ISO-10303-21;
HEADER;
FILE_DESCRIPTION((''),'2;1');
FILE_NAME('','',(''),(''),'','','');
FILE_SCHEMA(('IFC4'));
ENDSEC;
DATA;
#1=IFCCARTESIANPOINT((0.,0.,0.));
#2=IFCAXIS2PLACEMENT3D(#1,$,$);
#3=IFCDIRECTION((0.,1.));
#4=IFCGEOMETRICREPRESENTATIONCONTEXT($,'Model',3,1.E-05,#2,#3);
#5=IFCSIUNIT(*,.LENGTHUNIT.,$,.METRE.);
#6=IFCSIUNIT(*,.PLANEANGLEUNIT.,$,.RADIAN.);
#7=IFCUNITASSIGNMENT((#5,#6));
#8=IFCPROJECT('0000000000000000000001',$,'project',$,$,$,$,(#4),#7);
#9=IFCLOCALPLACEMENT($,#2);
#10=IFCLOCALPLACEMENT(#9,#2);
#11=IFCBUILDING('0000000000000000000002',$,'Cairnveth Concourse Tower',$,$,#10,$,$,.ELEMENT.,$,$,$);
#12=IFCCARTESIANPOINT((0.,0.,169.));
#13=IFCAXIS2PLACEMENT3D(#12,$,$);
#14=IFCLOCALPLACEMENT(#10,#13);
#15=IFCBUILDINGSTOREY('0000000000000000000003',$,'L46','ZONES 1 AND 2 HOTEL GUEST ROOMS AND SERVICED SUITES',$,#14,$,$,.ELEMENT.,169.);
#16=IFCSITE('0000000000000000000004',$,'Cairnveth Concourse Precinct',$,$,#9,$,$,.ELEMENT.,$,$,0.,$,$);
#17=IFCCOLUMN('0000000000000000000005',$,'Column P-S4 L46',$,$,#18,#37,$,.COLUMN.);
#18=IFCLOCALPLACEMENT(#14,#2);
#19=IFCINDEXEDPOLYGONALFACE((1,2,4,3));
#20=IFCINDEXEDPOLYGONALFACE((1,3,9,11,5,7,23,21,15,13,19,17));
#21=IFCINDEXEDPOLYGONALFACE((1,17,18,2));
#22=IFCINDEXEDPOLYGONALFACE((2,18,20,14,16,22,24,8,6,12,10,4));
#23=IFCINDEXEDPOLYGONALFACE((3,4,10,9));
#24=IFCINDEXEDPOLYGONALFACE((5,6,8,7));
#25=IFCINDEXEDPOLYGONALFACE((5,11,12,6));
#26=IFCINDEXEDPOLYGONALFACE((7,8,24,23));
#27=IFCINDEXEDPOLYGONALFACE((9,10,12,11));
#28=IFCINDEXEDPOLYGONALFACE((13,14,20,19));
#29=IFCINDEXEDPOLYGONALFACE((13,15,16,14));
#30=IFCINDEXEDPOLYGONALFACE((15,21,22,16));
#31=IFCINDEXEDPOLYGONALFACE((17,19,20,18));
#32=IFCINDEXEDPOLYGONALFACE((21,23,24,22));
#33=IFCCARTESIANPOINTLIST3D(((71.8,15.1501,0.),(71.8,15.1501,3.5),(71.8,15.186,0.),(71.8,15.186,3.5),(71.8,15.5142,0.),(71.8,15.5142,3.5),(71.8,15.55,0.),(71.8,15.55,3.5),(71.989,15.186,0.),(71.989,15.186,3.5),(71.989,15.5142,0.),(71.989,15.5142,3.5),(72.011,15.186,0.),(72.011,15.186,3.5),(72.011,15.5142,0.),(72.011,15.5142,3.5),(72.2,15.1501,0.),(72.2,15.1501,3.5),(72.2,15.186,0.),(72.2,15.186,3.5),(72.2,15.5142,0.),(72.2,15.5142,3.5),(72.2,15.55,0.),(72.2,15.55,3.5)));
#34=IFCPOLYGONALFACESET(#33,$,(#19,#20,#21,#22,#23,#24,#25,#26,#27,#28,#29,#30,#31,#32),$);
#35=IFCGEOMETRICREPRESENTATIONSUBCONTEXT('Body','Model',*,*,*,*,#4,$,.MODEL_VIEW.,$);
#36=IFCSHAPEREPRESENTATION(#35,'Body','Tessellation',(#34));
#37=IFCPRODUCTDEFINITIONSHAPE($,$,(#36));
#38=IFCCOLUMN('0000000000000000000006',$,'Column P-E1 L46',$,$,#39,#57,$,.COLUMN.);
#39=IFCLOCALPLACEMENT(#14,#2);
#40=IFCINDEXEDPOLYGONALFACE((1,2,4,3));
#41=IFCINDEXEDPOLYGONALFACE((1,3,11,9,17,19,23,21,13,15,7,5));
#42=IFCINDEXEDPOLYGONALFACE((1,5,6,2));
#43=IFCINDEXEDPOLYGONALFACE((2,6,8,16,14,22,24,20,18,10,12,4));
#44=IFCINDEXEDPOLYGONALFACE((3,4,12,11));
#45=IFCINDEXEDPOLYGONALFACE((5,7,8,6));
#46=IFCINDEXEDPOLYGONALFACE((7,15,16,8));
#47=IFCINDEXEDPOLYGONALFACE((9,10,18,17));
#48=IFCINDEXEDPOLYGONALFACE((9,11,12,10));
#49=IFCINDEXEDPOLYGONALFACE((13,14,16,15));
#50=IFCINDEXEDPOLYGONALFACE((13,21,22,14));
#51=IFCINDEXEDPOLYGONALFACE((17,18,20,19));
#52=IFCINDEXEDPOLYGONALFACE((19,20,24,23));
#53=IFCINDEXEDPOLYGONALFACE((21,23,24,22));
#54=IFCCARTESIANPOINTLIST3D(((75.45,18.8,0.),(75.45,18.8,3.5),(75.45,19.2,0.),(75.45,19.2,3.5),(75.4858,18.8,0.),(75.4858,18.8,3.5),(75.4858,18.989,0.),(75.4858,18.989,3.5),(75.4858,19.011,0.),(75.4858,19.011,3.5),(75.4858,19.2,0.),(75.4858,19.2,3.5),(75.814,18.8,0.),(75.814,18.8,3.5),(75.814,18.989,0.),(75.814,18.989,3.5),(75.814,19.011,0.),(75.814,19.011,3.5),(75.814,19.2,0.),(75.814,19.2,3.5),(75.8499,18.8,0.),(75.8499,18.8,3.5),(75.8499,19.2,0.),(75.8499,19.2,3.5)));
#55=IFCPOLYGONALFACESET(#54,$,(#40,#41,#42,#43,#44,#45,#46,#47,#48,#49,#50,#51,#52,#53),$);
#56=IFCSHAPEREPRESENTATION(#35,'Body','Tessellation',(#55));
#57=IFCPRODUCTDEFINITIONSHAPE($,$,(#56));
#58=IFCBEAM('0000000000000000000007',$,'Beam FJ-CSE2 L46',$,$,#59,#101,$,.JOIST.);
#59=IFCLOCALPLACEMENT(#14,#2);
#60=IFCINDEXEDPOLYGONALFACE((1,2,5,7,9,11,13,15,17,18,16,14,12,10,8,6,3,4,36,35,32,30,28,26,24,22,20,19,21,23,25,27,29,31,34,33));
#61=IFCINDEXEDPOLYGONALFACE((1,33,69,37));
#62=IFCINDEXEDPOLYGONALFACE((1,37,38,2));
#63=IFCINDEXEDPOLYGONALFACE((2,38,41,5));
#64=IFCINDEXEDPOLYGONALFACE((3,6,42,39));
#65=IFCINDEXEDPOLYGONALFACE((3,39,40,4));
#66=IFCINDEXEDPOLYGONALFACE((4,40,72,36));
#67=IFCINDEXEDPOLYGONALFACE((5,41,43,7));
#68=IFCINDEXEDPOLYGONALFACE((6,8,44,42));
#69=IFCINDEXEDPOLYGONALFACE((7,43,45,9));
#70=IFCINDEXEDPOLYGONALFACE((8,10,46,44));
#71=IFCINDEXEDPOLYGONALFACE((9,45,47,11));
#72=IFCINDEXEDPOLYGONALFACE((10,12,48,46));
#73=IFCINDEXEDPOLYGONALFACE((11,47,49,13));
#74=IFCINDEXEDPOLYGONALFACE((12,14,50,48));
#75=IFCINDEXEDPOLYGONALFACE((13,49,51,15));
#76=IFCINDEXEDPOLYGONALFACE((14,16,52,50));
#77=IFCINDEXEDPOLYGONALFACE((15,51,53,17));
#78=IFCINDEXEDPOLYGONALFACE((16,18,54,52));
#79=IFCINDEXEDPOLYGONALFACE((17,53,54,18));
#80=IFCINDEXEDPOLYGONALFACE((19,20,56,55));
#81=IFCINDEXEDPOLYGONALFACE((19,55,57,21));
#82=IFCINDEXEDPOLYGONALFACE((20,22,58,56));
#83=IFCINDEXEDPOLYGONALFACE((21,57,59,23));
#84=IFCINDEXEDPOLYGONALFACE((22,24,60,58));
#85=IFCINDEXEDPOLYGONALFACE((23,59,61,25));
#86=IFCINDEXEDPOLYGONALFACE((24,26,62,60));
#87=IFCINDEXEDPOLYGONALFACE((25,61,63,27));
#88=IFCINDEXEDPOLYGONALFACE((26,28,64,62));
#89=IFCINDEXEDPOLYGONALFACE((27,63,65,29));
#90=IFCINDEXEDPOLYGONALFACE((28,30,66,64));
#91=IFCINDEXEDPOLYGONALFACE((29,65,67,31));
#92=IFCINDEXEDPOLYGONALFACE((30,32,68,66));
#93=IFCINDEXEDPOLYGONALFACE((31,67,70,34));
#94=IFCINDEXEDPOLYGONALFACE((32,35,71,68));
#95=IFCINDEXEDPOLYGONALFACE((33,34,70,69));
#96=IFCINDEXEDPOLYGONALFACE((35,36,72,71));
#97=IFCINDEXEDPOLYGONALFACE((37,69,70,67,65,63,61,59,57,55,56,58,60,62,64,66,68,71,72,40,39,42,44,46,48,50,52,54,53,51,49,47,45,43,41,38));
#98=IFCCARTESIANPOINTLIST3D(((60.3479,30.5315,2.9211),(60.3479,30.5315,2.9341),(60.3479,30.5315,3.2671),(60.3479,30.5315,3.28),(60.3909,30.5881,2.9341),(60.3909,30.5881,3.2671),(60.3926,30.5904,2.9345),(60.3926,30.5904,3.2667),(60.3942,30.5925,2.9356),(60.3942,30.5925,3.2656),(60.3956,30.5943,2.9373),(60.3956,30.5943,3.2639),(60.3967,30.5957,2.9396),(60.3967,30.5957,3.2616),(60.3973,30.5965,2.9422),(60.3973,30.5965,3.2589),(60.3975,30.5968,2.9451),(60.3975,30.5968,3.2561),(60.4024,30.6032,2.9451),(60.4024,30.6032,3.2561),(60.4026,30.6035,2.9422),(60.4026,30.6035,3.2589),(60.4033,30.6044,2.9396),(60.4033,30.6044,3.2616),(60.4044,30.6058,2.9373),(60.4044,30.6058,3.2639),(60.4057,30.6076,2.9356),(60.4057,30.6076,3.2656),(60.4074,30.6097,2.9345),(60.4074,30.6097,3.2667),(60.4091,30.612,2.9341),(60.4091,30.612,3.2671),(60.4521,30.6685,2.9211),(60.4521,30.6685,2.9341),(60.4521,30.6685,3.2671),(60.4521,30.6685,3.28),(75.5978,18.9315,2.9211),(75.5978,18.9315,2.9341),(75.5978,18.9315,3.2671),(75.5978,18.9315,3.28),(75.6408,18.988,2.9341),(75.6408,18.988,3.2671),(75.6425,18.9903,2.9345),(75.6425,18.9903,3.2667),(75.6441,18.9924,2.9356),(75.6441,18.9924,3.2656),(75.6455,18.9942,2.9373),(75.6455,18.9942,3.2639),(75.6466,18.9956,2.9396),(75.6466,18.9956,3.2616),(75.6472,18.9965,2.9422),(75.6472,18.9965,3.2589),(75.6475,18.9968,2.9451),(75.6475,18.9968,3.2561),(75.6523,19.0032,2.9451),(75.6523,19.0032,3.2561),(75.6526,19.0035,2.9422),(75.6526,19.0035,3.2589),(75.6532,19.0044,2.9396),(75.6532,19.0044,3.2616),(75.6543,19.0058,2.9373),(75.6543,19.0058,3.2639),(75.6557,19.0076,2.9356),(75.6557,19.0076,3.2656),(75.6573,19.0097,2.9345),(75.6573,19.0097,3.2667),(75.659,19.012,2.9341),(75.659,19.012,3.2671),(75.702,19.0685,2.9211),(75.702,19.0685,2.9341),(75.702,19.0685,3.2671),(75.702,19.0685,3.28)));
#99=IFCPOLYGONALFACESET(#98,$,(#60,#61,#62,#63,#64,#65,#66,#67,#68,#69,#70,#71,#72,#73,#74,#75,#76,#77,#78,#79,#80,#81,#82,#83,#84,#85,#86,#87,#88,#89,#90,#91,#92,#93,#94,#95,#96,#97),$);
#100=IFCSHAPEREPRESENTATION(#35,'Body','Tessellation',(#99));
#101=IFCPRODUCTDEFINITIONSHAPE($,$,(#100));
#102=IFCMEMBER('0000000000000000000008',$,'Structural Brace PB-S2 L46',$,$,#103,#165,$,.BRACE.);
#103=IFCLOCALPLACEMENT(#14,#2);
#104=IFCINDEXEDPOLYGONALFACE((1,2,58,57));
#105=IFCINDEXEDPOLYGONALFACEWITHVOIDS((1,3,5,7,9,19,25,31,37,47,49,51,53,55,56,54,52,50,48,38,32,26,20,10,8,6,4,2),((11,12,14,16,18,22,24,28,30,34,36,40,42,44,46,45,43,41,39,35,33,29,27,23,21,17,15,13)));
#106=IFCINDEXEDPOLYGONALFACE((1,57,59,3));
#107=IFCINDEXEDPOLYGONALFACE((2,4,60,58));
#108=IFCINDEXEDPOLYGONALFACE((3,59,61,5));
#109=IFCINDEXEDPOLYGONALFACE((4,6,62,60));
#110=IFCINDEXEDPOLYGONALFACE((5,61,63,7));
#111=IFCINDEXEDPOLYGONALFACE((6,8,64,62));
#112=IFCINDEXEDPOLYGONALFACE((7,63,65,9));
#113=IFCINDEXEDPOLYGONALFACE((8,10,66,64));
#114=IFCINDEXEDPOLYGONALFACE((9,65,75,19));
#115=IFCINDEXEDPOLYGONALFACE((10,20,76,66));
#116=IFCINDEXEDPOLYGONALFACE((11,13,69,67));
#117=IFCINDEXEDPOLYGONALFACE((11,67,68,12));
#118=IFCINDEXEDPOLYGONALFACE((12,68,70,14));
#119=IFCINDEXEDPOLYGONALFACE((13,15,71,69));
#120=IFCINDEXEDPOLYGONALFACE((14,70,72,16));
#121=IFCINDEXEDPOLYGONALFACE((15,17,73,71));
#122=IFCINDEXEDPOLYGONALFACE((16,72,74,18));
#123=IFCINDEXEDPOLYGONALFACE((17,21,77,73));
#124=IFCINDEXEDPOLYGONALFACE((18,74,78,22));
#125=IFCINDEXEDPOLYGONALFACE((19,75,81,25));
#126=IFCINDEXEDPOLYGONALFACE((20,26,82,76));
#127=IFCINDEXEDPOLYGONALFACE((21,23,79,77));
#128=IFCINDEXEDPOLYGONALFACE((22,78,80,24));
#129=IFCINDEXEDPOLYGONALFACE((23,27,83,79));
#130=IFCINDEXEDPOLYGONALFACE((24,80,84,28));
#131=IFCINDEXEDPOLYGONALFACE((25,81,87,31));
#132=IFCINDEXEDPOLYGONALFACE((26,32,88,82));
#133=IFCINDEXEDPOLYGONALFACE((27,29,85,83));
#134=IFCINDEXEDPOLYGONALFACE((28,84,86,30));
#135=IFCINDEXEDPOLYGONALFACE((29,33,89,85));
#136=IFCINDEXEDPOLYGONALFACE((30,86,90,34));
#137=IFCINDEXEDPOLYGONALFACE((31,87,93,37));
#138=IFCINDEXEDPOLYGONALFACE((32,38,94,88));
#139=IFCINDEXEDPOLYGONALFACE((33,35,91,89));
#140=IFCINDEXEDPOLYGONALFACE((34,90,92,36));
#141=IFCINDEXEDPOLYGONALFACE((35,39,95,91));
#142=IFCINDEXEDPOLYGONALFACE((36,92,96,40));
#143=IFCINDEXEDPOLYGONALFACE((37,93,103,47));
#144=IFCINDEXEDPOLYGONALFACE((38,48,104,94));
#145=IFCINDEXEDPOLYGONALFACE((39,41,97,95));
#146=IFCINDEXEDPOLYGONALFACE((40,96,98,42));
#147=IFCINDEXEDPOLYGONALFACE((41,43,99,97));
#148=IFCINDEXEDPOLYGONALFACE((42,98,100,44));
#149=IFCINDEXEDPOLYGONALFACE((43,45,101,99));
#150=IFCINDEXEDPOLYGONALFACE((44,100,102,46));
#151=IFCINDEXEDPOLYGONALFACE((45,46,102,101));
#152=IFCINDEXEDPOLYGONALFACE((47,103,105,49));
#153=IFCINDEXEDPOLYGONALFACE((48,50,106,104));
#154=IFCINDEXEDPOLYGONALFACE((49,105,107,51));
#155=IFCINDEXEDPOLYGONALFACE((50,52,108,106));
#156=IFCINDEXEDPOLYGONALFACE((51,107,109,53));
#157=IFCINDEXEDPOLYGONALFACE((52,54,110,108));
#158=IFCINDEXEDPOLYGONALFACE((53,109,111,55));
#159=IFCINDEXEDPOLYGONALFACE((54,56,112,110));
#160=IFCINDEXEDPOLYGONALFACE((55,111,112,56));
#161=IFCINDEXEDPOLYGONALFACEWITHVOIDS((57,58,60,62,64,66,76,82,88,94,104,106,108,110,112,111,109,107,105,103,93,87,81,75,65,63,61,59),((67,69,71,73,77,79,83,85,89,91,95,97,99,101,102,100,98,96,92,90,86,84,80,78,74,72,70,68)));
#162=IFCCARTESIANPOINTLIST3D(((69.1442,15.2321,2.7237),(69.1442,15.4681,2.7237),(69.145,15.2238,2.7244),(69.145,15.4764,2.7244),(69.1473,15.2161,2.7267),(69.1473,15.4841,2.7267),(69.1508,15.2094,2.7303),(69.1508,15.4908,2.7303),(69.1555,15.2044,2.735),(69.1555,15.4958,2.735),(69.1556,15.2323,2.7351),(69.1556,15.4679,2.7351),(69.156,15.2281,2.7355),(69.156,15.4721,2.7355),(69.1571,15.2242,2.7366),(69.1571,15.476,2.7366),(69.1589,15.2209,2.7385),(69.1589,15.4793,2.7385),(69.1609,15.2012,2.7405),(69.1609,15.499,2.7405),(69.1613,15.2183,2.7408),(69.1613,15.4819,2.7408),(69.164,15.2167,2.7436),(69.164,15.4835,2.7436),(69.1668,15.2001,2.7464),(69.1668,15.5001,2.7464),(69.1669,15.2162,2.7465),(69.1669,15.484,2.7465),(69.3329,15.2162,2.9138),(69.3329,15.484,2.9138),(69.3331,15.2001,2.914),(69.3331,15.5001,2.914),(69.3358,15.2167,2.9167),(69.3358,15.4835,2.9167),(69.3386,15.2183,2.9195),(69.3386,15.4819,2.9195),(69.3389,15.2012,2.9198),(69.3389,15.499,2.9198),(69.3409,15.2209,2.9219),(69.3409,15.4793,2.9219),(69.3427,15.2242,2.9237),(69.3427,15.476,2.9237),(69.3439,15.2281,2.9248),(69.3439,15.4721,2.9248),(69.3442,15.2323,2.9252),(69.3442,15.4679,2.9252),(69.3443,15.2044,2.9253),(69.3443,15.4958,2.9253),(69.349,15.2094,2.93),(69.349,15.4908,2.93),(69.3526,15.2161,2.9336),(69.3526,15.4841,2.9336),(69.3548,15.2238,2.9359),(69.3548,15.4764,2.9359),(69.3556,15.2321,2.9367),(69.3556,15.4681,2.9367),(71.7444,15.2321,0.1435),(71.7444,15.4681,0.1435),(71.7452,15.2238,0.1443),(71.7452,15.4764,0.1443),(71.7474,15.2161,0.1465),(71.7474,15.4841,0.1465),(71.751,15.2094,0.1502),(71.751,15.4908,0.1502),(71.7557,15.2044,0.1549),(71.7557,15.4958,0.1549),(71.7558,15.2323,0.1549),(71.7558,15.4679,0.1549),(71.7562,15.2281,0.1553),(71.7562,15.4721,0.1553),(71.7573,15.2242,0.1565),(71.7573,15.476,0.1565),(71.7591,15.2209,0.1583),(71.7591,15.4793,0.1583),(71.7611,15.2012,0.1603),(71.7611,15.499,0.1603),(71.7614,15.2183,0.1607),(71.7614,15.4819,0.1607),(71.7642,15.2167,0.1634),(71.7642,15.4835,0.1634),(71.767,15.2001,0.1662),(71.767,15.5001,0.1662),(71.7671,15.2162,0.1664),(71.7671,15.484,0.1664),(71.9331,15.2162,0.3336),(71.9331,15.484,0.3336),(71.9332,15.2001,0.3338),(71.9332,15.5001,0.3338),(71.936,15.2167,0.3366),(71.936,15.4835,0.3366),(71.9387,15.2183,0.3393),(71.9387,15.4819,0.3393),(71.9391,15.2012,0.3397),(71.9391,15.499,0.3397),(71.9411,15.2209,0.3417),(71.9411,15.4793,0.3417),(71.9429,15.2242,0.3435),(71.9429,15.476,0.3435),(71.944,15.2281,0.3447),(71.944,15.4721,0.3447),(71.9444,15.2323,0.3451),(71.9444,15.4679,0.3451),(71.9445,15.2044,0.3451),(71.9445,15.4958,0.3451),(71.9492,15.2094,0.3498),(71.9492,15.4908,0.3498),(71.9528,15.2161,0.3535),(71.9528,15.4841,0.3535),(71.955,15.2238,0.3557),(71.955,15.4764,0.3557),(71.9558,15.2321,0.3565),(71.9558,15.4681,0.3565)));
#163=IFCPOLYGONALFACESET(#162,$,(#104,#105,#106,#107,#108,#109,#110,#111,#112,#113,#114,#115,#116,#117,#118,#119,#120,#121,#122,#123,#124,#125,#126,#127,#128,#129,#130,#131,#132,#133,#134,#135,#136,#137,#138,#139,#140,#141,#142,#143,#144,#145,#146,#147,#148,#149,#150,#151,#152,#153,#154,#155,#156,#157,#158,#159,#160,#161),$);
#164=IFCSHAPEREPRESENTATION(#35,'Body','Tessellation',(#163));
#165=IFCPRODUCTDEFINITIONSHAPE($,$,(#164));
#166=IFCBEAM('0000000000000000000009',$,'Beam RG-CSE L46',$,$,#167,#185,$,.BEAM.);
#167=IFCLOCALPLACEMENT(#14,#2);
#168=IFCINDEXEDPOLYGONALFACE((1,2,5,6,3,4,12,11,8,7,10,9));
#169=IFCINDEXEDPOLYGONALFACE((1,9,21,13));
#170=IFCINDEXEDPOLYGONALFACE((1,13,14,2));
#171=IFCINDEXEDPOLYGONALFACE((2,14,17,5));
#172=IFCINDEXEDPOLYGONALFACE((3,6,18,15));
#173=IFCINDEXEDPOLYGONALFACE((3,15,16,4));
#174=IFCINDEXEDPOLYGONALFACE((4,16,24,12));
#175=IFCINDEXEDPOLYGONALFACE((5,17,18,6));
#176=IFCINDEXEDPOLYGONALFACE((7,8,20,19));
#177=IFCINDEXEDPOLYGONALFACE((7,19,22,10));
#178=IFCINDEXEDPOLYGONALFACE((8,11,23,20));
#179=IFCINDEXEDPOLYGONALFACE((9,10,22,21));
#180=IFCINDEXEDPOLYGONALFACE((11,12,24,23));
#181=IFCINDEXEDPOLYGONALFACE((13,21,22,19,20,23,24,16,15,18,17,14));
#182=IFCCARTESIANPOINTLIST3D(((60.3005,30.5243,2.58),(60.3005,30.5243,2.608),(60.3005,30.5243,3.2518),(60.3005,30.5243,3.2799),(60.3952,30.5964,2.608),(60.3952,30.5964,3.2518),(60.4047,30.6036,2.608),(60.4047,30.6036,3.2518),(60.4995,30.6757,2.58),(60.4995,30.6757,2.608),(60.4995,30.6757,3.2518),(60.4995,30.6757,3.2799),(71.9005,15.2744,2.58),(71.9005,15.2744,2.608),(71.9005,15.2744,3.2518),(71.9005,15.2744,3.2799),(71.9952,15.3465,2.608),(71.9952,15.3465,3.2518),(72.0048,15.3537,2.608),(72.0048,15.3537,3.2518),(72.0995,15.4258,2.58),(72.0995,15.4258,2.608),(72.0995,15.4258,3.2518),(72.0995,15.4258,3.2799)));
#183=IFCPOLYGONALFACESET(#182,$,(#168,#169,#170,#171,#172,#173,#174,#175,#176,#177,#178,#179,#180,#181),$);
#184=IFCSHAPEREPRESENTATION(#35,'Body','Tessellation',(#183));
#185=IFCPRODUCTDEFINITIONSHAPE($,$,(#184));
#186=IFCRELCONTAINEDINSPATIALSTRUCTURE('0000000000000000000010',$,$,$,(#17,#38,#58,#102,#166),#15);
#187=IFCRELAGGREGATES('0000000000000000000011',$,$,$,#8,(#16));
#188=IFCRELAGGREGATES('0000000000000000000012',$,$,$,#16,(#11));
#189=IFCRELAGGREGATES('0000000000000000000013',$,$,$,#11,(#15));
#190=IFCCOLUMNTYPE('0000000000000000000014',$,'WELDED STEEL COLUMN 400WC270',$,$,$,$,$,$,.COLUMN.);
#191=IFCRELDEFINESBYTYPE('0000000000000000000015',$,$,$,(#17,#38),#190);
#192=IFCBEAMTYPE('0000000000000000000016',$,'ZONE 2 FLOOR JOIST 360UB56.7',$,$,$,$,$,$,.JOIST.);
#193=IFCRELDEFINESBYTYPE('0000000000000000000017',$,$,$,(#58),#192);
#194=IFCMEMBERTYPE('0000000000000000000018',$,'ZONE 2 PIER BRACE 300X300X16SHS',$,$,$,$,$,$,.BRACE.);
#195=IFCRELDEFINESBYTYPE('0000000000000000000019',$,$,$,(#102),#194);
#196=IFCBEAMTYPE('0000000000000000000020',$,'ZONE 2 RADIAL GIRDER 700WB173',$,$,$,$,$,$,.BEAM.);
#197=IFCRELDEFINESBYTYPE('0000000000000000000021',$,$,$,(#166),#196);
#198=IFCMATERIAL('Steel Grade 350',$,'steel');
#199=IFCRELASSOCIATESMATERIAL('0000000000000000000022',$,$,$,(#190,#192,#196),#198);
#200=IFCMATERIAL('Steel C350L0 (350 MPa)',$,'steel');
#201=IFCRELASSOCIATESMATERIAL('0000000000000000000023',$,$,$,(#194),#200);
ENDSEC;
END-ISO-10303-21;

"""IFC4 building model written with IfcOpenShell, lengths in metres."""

from ifc_helpers import new_model, si_unit, direction, frame, origin, origin_2d, place, context, subcontext, project, spatial, hollow_rectangle, i_section, extrude, material, material_profile, profile_set, type_object, element, save


model = new_model("IFC4")

# Units and contexts
model_context = context("Model", 3, precision=1e-05, world=origin(), true_north=direction((0.0, 1.0)))
body_context = subcontext(model_context, "Body", "Model", "MODEL_VIEW")
ifc_project = project(units=[si_unit("LENGTHUNIT", "METRE"), si_unit("PLANEANGLEUNIT", "RADIAN")], contexts=[model_context])

# Site, building, storey
site_placement = place(None, origin())
site = spatial("IfcSite", under=ifc_project, at=site_placement, Name="Cairnveth Concourse Precinct", CompositionType="ELEMENT", RefElevation=0.0)
building_placement = place(site_placement, origin())
building = spatial("IfcBuilding", under=site, at=building_placement, Name="Cairnveth Concourse Tower", CompositionType="ELEMENT")
storey_placement = place(building_placement, frame((0.0, 0.0, 169.0)))
storey = spatial("IfcBuildingStorey", under=building, at=storey_placement, Name="L46", Description="ZONES 1 AND 2 HOTEL GUEST ROOMS AND SERVICED SUITES", CompositionType="ELEMENT", Elevation=169.0)

# Columns
ifc_material_1 = material(Name="Steel Grade 350", Category="steel")
ifc_material_profile_1 = material_profile(ifc_material_1, i_section(OverallWidth=0.3999, OverallDepth=0.3999, WebThickness=0.022, FlangeThickness=0.0359, at=origin_2d()), Name="400WC270")
ifc_profile_set_1 = profile_set([ifc_material_profile_1], Name="Steel Grade 350")
column_type = type_object("IfcColumnType", Name="WELDED STEEL COLUMN 400WC270", PredefinedType="COLUMN", material=ifc_profile_set_1)
for number, where, z_axis, x_axis, name in (
    (1, (72.0, 15.3501, 0.0), (0.0, 0.0, 1.0), (1.0, 0.0, 0.0), "Column P-S4 L46"),
    (2, (75.6499, 19.0, 0.0), (0.0, 0.0, 1.0), (0.0, 1.0, 0.0), "Column P-E1 L46"),
):
    element("IfcColumn", number, at=place(storey_placement, frame(where, z_axis=z_axis, x_axis=x_axis)), inside=storey, type_object=column_type, Name=name, PredefinedType="COLUMN", context=body_context, shape_type="SweptSolid", body=[
        extrude(i_section(OverallWidth=0.3999, OverallDepth=0.3999, WebThickness=0.022, FlangeThickness=0.0359, at=origin_2d()), origin(), (0.0, 0.0, 1.0), 3.5),
    ])

# Beam
ifc_material_profile_2 = material_profile(ifc_material_1, i_section(OverallWidth=0.1721, OverallDepth=0.3589, WebThickness=0.0081, FlangeThickness=0.0129, FilletRadius=0.011, at=origin_2d()), Name="360UB56.7")
ifc_profile_set_2 = profile_set([ifc_material_profile_2], Name="Steel Grade 350")
beam_type_1 = type_object("IfcBeamType", Name="ZONE 2 FLOOR JOIST 360UB56.7", PredefinedType="JOIST", material=ifc_profile_set_2)
beam_1_placement = place(storey_placement, frame((75.6499, 19.0, 3.1006), z_axis=(-0.795908, 0.605417, 0.0), x_axis=(-0.605417, -0.795908, 0.0)))
element("IfcBeam", 3, at=beam_1_placement, inside=storey, type_object=beam_type_1, Name="Beam FJ-CSE2 L46", PredefinedType="JOIST", context=body_context, shape_type="SweptSolid", body=[
    extrude(i_section(OverallWidth=0.1721, OverallDepth=0.3589, WebThickness=0.0081, FlangeThickness=0.0129, FilletRadius=0.011, at=origin_2d()), origin(), (0.0, 0.0, 1.0), 19.1604),
])

# Member
ifc_material_2 = material(Name="Steel C350L0 (350 MPa)", Category="steel")
ifc_material_profile_3 = material_profile(ifc_material_2, hollow_rectangle(XDim=0.3, YDim=0.3, WallThickness=0.0161, InnerFilletRadius=0.0161, OuterFilletRadius=0.032, at=origin_2d()), Name="300x300x16.0SHS")
ifc_profile_set_3 = profile_set([ifc_material_profile_3], Name="Steel C350L0 (350 MPa)")
member_type = type_object("IfcMemberType", Name="ZONE 2 PIER BRACE 300X300X16SHS", PredefinedType="BRACE", material=ifc_profile_set_3)
member_placement = place(storey_placement, frame((71.8501, 15.3501, 0.25), z_axis=(-0.709834, 0.0, 0.704369), x_axis=(0.0, -1.0, 0.0)))
element("IfcMember", 4, at=member_placement, inside=storey, type_object=member_type, Name="Structural Brace PB-S2 L46", PredefinedType="BRACE", context=body_context, shape_type="SweptSolid", body=[
    extrude(hollow_rectangle(XDim=0.3, YDim=0.3, WallThickness=0.0161, InnerFilletRadius=0.0161, OuterFilletRadius=0.032, at=origin_2d()), origin(), (0.0, 0.0, 1.0), 3.6631),
])

# Beam
ifc_material_profile_4 = material_profile(ifc_material_1, i_section(OverallWidth=0.25, OverallDepth=0.7, WebThickness=0.012, FlangeThickness=0.0281, at=origin_2d()), Name="700WB173")
ifc_profile_set_4 = profile_set([ifc_material_profile_4], Name="Steel Grade 350")
beam_type_2 = type_object("IfcBeamType", Name="ZONE 2 RADIAL GIRDER 700WB173", PredefinedType="BEAM", material=ifc_profile_set_4)
beam_2_placement = place(storey_placement, frame((72.0, 15.3501, 2.9299), z_axis=(-0.605417, 0.795908, 0.0), x_axis=(-0.795908, -0.605417, 0.0)))
element("IfcBeam", 5, at=beam_2_placement, inside=storey, type_object=beam_type_2, Name="Beam RG-CSE L46", PredefinedType="BEAM", context=body_context, shape_type="SweptSolid", body=[
    extrude(i_section(OverallWidth=0.25, OverallDepth=0.7, WebThickness=0.012, FlangeThickness=0.0281, at=origin_2d()), origin(), (0.0, 0.0, 1.0), 19.1604),
])

save(model, "model.ifc")
